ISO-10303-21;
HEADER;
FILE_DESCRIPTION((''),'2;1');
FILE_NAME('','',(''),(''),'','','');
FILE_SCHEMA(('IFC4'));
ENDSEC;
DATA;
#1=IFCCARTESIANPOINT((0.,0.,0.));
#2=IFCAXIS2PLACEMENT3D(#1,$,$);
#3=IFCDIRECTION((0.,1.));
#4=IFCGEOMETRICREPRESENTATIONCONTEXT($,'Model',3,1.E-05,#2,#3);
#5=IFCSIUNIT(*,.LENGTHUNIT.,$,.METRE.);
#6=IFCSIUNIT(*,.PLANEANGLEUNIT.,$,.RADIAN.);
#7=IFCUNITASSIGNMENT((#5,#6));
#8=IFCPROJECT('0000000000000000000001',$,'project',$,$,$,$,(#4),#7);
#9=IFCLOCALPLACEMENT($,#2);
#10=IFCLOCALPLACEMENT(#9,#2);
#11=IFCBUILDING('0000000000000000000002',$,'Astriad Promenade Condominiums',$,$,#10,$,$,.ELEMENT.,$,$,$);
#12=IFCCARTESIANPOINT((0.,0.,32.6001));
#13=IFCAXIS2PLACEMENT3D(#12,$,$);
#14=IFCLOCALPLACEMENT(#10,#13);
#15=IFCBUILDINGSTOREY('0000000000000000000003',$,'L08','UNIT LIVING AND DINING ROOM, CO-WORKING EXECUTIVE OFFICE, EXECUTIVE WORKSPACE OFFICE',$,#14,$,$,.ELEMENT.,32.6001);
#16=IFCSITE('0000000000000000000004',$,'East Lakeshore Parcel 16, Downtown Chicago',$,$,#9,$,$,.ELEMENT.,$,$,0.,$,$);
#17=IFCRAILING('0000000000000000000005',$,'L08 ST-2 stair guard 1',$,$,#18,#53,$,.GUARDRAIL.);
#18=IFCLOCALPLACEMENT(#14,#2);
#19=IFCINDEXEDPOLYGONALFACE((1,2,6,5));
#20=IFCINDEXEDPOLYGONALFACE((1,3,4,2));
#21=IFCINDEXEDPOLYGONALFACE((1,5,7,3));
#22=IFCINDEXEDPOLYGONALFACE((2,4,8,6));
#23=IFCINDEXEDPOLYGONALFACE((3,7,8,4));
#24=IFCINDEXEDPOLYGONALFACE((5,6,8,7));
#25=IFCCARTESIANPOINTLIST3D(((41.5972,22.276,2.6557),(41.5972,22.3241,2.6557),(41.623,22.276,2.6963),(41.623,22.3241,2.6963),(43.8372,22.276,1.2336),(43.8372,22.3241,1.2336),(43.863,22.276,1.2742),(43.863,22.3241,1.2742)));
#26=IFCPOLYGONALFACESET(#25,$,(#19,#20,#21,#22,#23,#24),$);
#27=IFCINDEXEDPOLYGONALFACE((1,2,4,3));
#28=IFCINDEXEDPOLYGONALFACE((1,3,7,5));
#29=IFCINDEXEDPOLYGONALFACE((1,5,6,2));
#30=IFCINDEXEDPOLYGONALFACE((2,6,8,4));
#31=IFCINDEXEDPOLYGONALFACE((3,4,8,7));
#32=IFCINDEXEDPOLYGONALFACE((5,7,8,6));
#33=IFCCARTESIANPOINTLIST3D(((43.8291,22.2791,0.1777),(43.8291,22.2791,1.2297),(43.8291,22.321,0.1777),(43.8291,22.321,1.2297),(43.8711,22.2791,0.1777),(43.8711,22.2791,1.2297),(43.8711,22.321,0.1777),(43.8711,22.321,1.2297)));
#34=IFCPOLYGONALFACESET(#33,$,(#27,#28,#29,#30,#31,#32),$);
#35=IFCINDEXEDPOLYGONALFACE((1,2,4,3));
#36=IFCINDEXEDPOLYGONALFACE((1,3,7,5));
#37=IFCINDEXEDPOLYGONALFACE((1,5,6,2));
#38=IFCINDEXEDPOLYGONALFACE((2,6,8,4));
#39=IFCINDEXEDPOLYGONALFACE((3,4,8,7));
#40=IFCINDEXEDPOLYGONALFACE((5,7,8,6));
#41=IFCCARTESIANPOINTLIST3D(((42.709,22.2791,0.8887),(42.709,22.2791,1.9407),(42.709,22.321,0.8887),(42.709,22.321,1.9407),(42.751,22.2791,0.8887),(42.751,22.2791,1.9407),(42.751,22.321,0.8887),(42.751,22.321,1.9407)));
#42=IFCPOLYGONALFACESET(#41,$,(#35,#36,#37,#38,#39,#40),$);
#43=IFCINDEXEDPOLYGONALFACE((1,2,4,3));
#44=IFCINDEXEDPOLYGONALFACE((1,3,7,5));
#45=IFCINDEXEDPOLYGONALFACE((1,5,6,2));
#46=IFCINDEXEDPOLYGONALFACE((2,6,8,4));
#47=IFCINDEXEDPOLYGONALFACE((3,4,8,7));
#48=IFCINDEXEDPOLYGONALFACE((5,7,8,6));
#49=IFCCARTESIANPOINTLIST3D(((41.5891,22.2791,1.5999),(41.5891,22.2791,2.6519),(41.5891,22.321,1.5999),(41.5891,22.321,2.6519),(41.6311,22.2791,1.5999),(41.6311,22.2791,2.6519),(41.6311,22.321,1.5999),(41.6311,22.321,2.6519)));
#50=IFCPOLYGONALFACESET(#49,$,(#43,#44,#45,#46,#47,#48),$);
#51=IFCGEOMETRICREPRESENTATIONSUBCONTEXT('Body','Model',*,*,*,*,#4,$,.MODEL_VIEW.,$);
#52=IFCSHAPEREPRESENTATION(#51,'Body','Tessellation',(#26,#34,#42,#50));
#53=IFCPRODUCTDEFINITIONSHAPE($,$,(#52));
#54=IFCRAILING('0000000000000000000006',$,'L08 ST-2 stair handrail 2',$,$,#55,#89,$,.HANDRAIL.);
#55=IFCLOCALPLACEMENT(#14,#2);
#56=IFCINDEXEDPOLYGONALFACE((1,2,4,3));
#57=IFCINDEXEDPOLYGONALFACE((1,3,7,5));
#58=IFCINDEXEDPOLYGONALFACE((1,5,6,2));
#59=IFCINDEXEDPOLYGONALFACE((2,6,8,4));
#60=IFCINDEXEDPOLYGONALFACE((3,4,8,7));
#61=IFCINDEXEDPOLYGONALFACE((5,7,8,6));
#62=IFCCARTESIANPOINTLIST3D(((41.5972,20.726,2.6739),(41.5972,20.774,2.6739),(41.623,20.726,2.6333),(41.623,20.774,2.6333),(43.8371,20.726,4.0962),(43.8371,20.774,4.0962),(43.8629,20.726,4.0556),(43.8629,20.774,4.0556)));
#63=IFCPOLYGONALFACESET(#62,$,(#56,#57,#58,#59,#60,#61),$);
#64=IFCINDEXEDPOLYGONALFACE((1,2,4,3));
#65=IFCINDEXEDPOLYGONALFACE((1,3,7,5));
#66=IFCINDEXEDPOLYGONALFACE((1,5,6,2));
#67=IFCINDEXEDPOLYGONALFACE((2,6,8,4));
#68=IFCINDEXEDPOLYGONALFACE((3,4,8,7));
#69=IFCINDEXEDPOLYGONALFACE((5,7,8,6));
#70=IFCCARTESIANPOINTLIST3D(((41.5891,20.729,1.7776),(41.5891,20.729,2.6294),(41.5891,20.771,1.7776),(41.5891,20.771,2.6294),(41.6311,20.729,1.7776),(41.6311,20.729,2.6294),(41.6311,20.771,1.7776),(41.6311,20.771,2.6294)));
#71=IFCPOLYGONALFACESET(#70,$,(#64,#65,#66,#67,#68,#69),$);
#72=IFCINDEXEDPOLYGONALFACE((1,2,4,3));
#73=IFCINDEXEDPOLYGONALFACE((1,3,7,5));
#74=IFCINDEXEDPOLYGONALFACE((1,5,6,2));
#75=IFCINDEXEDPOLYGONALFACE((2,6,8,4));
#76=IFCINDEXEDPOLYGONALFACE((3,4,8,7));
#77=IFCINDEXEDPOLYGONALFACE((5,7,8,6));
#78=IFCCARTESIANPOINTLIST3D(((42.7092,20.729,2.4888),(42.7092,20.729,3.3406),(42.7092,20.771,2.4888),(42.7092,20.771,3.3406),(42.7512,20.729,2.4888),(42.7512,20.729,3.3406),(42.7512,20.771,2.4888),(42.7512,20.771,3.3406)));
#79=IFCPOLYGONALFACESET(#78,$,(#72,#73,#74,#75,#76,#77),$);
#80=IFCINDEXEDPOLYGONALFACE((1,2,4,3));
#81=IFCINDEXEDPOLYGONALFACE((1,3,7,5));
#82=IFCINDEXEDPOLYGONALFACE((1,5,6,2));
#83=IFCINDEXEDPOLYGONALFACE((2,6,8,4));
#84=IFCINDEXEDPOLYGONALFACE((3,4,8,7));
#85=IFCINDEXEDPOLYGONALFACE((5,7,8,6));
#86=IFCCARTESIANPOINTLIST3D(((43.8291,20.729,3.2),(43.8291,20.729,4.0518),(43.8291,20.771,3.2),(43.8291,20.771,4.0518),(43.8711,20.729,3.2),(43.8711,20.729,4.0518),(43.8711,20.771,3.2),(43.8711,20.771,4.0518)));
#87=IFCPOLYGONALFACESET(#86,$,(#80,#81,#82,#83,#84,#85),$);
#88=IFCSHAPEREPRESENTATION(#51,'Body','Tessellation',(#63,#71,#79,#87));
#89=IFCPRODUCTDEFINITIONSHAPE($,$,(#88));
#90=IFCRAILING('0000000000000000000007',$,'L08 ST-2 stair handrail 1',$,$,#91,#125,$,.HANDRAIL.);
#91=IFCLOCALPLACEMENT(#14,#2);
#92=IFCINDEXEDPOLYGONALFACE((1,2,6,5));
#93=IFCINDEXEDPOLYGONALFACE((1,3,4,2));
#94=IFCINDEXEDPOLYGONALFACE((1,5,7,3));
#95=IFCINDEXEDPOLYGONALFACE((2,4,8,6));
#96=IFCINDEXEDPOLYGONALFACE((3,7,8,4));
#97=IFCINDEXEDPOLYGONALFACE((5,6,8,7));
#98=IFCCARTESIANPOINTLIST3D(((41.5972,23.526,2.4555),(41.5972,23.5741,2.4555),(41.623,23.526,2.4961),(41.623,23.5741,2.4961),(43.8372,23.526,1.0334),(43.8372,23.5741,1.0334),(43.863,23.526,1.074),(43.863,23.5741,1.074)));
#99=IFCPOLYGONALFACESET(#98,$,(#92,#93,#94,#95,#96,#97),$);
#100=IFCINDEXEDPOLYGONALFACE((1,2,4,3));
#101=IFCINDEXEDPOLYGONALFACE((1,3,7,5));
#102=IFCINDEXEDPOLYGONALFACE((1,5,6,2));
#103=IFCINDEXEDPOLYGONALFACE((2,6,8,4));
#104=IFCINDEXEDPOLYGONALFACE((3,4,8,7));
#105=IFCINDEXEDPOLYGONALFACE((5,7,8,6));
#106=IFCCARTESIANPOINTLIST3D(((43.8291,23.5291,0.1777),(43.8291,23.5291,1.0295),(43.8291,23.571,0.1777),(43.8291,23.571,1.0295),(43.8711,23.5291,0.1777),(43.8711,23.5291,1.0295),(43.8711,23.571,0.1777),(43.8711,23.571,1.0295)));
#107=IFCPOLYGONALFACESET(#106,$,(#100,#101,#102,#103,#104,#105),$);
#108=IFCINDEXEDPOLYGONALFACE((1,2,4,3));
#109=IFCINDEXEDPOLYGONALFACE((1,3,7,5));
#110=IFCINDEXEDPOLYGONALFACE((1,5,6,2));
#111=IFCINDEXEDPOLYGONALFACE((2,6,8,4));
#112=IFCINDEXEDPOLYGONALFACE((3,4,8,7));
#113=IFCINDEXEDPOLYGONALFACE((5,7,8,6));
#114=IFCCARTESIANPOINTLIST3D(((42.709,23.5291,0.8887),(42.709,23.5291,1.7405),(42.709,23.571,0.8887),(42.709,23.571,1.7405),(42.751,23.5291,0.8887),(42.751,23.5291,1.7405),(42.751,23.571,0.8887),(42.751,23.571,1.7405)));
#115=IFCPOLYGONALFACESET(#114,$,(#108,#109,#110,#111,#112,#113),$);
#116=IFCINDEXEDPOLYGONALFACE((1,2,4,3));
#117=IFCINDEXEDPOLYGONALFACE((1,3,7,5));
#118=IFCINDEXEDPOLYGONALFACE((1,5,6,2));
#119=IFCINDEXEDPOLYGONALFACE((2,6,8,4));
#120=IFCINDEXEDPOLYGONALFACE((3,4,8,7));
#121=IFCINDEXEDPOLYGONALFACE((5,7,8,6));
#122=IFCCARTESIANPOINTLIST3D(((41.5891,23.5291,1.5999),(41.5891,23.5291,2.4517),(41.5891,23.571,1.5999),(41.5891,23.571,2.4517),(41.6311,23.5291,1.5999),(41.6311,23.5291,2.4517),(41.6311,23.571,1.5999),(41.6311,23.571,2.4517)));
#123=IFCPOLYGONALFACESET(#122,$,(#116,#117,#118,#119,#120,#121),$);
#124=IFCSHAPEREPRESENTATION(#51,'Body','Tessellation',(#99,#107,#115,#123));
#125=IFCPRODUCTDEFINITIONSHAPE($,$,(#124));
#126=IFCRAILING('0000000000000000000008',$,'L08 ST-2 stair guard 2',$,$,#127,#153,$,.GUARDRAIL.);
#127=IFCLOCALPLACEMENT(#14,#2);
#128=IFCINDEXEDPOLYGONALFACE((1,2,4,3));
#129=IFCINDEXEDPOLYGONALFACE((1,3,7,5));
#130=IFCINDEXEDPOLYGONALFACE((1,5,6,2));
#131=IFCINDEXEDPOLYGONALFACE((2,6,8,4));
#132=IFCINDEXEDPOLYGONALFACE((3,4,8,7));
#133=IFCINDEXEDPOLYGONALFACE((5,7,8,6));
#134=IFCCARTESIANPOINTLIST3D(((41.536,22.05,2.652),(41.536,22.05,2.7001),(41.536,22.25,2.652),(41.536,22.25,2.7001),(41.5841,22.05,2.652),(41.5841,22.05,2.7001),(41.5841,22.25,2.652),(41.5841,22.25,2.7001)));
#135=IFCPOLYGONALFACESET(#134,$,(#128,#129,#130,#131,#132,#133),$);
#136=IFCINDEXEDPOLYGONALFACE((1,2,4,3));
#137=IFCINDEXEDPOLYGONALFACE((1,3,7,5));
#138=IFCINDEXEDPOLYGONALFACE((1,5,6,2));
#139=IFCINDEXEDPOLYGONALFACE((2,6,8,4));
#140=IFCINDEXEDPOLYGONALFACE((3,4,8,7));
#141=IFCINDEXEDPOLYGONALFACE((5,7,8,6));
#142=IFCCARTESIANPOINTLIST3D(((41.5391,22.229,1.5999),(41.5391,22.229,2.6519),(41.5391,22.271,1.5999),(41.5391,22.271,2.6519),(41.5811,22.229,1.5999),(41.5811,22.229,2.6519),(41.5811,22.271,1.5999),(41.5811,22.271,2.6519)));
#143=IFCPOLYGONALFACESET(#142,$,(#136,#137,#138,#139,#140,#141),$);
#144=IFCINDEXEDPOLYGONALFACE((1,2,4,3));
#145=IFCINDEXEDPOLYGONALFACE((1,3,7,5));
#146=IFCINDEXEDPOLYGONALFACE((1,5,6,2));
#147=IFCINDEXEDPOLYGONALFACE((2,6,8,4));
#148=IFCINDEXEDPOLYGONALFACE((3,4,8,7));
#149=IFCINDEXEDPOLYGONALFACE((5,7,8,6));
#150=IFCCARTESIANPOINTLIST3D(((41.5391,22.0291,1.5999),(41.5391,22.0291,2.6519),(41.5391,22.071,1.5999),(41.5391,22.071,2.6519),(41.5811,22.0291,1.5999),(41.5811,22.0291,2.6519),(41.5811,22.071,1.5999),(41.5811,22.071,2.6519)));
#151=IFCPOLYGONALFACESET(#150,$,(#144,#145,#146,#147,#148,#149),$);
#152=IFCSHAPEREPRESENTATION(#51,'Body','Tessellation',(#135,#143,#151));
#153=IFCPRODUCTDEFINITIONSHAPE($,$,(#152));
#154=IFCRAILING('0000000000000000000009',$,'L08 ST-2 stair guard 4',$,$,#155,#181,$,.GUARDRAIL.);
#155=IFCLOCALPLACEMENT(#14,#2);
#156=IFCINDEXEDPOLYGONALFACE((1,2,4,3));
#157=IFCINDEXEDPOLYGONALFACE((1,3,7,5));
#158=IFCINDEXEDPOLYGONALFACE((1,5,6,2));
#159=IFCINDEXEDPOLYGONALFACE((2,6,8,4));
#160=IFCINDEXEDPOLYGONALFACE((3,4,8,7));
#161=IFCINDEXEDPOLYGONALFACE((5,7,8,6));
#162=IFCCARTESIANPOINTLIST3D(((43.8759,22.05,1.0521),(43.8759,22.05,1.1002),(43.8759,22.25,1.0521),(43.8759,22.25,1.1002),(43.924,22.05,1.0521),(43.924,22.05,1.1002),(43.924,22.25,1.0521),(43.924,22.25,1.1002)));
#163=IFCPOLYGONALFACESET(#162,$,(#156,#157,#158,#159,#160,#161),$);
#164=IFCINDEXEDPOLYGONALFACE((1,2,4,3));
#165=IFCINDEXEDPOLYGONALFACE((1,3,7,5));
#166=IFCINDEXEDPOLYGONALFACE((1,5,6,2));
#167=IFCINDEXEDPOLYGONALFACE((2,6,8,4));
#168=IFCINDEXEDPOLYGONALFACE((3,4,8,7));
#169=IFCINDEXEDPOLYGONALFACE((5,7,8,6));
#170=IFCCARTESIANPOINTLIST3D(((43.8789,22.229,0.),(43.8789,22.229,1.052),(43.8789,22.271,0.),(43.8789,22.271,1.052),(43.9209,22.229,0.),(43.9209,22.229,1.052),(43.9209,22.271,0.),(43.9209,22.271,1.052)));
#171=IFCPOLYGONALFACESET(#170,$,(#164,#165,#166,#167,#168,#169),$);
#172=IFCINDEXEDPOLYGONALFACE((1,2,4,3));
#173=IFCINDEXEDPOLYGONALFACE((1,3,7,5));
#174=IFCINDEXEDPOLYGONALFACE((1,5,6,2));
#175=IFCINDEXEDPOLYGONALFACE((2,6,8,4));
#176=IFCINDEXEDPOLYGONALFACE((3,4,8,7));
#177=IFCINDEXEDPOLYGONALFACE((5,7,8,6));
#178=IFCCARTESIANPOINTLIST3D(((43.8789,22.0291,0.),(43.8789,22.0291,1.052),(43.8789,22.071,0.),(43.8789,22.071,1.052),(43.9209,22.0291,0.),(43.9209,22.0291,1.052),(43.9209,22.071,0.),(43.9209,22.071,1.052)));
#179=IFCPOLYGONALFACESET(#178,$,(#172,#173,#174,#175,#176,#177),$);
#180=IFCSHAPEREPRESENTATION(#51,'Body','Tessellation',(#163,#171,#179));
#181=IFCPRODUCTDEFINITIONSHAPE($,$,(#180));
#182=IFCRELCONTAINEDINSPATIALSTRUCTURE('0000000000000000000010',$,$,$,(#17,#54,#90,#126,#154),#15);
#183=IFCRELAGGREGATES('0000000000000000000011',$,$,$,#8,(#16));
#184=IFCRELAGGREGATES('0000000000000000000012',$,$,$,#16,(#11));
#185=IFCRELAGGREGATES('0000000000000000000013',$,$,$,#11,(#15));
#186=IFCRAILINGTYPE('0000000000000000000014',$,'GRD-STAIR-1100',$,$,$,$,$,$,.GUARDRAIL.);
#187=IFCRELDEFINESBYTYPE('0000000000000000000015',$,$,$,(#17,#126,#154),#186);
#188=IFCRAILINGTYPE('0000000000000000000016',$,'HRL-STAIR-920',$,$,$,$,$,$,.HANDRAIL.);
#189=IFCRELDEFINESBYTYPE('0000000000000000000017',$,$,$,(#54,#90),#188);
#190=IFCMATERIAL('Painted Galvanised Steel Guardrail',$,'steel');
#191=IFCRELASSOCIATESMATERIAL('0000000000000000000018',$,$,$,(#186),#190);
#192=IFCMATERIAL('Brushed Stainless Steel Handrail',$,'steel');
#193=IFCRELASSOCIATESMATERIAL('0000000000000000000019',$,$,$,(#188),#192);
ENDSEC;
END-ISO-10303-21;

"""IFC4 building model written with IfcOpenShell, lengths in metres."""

from ifc_helpers import new_model, si_unit, direction, frame, origin, origin_2d, place, context, subcontext, project, spatial, rectangle, extrude, source, transform, mapped, material, type_object, type_shapes, element, save


model = new_model("IFC4")

# Units and contexts
model_context = context("Model", 3, precision=1e-05, world=origin(), true_north=direction((0.0, 1.0)))
body_context = subcontext(model_context, "Body", "Model", "MODEL_VIEW")
ifc_project = project(units=[si_unit("LENGTHUNIT", "METRE"), si_unit("PLANEANGLEUNIT", "RADIAN")], contexts=[model_context])

# Site, building, storey
site_placement = place(None, origin())
site = spatial("IfcSite", under=ifc_project, at=site_placement, Name="East Lakeshore Parcel 16, Downtown Chicago", CompositionType="ELEMENT", RefElevation=0.0)
building_placement = place(site_placement, origin())
building = spatial("IfcBuilding", under=site, at=building_placement, Name="Astriad Promenade Condominiums", CompositionType="ELEMENT")
storey_placement = place(building_placement, frame((0.0, 0.0, 32.6001)))
storey = spatial("IfcBuildingStorey", under=building, at=storey_placement, Name="L08", Description="UNIT LIVING AND DINING ROOM, CO-WORKING EXECUTIVE OFFICE, EXECUTIVE WORKSPACE OFFICE", CompositionType="ELEMENT", Elevation=32.6001)

# Railings
ifc_material_1 = material(Name="Painted Galvanised Steel Guardrail", Category="steel")
railing_type_1 = type_object("IfcRailingType", Name="GRD-STAIR-1100", PredefinedType="GUARDRAIL", material=ifc_material_1)
shared_shape_1 = source(origin(), body_context, "Body", "SweptSolid", [
    extrude(rectangle(XDim=0.0481, YDim=0.0481, at=origin_2d()), frame((0.0, 0.0, 1.0762), z_axis=(-0.844229, 0.0, 0.535982), x_axis=(0.0, -1.0, 0.0)), (0.0, 0.0, 1.0), 2.6533),
    extrude(rectangle(XDim=0.042, YDim=0.042, at=origin_2d()), origin(), (0.0, 0.0, 1.0), 1.052),
    extrude(rectangle(XDim=0.042, YDim=0.042, at=origin_2d()), frame((-1.1201, 0.0, 0.7109)), (0.0, 0.0, 1.0), 1.052),
    extrude(rectangle(XDim=0.042, YDim=0.042, at=origin_2d()), frame((-2.24, 0.0, 1.4221)), (0.0, 0.0, 1.0), 1.052),
])
railing_1_placement = place(storey_placement, frame((43.8501, 22.3, 0.1777)))
element("IfcRailing", 1, at=railing_1_placement, inside=storey, type_object=railing_type_1, Name="L08 ST-2 stair guard 1", PredefinedType="GUARDRAIL", context=body_context, shape_type="MappedRepresentation", body=[
    mapped(shared_shape_1, transform((0.0, 0.0, 0.0), scale=1.0)),
])
ifc_material_2 = material(Name="Brushed Stainless Steel Handrail", Category="steel")
railing_type_2 = type_object("IfcRailingType", Name="HRL-STAIR-920", PredefinedType="HANDRAIL", material=ifc_material_2)
shared_shape_2 = source(origin(), body_context, "Body", "SweptSolid", [
    extrude(rectangle(XDim=0.0481, YDim=0.0481, at=origin_2d()), frame((0.0, 0.0, 0.876), z_axis=(0.844188, 0.0, 0.536048), x_axis=(0.0, 1.0, 0.0)), (0.0, 0.0, 1.0), 2.6533),
    extrude(rectangle(XDim=0.042, YDim=0.042, at=origin_2d()), origin(), (0.0, 0.0, 1.0), 0.8518),
    extrude(rectangle(XDim=0.042, YDim=0.042, at=origin_2d()), frame((1.1201, 0.0, 0.7112)), (0.0, 0.0, 1.0), 0.8518),
    extrude(rectangle(XDim=0.042, YDim=0.042, at=origin_2d()), frame((2.24, 0.0, 1.4224)), (0.0, 0.0, 1.0), 0.8518),
])
railing_2_placement = place(storey_placement, frame((41.6101, 20.75, 1.7776)))
element("IfcRailing", 2, at=railing_2_placement, inside=storey, type_object=railing_type_2, Name="L08 ST-2 stair handrail 2", PredefinedType="HANDRAIL", context=body_context, shape_type="MappedRepresentation", body=[
    mapped(shared_shape_2, transform((0.0, 0.0, 0.0), scale=1.0)),
])
shared_shape_3 = source(origin(), body_context, "Body", "SweptSolid", [
    extrude(rectangle(XDim=0.0481, YDim=0.0481, at=origin_2d()), frame((0.0, 0.0, 0.876), z_axis=(-0.844229, 0.0, 0.535982), x_axis=(0.0, -1.0, 0.0)), (0.0, 0.0, 1.0), 2.6533),
    extrude(rectangle(XDim=0.042, YDim=0.042, at=origin_2d()), origin(), (0.0, 0.0, 1.0), 0.8518),
    extrude(rectangle(XDim=0.042, YDim=0.042, at=origin_2d()), frame((-1.1201, 0.0, 0.7109)), (0.0, 0.0, 1.0), 0.8518),
    extrude(rectangle(XDim=0.042, YDim=0.042, at=origin_2d()), frame((-2.24, 0.0, 1.4221)), (0.0, 0.0, 1.0), 0.8518),
])
type_shapes(railing_type_2, [shared_shape_2, shared_shape_3])
railing_3_placement = place(storey_placement, frame((43.8501, 23.55, 0.1777)))
element("IfcRailing", 3, at=railing_3_placement, inside=storey, type_object=railing_type_2, Name="L08 ST-2 stair handrail 1", PredefinedType="HANDRAIL", context=body_context, shape_type="MappedRepresentation", body=[
    mapped(shared_shape_3, transform((0.0, 0.0, 0.0), scale=1.0)),
])
shared_shape_4 = source(origin(), body_context, "Body", "SweptSolid", [
    extrude(rectangle(XDim=0.0481, YDim=0.0481, at=origin_2d()), frame((0.0, 0.0, 1.0762), z_axis=(0.0, -1.0, 0.0), x_axis=(1.0, 0.0, 0.0)), (0.0, 0.0, 1.0), 0.2),
    extrude(rectangle(XDim=0.042, YDim=0.042, at=origin_2d()), origin(), (0.0, 0.0, 1.0), 1.052),
    extrude(rectangle(XDim=0.042, YDim=0.042, at=origin_2d()), frame((0.0, -0.2, 0.0)), (0.0, 0.0, 1.0), 1.052),
])
for number, where, name in (
    (4, (41.5601, 22.25, 1.5999), "L08 ST-2 stair guard 2"),
    (5, (43.8999, 22.25, 0.0), "L08 ST-2 stair guard 4"),
):
    element("IfcRailing", number, at=place(storey_placement, frame(where)), inside=storey, type_object=railing_type_1, Name=name, PredefinedType="GUARDRAIL", context=body_context, shape_type="MappedRepresentation", body=[
        mapped(shared_shape_4, transform((0.0, 0.0, 0.0), scale=1.0)),
    ])

save(model, "model.ifc")
